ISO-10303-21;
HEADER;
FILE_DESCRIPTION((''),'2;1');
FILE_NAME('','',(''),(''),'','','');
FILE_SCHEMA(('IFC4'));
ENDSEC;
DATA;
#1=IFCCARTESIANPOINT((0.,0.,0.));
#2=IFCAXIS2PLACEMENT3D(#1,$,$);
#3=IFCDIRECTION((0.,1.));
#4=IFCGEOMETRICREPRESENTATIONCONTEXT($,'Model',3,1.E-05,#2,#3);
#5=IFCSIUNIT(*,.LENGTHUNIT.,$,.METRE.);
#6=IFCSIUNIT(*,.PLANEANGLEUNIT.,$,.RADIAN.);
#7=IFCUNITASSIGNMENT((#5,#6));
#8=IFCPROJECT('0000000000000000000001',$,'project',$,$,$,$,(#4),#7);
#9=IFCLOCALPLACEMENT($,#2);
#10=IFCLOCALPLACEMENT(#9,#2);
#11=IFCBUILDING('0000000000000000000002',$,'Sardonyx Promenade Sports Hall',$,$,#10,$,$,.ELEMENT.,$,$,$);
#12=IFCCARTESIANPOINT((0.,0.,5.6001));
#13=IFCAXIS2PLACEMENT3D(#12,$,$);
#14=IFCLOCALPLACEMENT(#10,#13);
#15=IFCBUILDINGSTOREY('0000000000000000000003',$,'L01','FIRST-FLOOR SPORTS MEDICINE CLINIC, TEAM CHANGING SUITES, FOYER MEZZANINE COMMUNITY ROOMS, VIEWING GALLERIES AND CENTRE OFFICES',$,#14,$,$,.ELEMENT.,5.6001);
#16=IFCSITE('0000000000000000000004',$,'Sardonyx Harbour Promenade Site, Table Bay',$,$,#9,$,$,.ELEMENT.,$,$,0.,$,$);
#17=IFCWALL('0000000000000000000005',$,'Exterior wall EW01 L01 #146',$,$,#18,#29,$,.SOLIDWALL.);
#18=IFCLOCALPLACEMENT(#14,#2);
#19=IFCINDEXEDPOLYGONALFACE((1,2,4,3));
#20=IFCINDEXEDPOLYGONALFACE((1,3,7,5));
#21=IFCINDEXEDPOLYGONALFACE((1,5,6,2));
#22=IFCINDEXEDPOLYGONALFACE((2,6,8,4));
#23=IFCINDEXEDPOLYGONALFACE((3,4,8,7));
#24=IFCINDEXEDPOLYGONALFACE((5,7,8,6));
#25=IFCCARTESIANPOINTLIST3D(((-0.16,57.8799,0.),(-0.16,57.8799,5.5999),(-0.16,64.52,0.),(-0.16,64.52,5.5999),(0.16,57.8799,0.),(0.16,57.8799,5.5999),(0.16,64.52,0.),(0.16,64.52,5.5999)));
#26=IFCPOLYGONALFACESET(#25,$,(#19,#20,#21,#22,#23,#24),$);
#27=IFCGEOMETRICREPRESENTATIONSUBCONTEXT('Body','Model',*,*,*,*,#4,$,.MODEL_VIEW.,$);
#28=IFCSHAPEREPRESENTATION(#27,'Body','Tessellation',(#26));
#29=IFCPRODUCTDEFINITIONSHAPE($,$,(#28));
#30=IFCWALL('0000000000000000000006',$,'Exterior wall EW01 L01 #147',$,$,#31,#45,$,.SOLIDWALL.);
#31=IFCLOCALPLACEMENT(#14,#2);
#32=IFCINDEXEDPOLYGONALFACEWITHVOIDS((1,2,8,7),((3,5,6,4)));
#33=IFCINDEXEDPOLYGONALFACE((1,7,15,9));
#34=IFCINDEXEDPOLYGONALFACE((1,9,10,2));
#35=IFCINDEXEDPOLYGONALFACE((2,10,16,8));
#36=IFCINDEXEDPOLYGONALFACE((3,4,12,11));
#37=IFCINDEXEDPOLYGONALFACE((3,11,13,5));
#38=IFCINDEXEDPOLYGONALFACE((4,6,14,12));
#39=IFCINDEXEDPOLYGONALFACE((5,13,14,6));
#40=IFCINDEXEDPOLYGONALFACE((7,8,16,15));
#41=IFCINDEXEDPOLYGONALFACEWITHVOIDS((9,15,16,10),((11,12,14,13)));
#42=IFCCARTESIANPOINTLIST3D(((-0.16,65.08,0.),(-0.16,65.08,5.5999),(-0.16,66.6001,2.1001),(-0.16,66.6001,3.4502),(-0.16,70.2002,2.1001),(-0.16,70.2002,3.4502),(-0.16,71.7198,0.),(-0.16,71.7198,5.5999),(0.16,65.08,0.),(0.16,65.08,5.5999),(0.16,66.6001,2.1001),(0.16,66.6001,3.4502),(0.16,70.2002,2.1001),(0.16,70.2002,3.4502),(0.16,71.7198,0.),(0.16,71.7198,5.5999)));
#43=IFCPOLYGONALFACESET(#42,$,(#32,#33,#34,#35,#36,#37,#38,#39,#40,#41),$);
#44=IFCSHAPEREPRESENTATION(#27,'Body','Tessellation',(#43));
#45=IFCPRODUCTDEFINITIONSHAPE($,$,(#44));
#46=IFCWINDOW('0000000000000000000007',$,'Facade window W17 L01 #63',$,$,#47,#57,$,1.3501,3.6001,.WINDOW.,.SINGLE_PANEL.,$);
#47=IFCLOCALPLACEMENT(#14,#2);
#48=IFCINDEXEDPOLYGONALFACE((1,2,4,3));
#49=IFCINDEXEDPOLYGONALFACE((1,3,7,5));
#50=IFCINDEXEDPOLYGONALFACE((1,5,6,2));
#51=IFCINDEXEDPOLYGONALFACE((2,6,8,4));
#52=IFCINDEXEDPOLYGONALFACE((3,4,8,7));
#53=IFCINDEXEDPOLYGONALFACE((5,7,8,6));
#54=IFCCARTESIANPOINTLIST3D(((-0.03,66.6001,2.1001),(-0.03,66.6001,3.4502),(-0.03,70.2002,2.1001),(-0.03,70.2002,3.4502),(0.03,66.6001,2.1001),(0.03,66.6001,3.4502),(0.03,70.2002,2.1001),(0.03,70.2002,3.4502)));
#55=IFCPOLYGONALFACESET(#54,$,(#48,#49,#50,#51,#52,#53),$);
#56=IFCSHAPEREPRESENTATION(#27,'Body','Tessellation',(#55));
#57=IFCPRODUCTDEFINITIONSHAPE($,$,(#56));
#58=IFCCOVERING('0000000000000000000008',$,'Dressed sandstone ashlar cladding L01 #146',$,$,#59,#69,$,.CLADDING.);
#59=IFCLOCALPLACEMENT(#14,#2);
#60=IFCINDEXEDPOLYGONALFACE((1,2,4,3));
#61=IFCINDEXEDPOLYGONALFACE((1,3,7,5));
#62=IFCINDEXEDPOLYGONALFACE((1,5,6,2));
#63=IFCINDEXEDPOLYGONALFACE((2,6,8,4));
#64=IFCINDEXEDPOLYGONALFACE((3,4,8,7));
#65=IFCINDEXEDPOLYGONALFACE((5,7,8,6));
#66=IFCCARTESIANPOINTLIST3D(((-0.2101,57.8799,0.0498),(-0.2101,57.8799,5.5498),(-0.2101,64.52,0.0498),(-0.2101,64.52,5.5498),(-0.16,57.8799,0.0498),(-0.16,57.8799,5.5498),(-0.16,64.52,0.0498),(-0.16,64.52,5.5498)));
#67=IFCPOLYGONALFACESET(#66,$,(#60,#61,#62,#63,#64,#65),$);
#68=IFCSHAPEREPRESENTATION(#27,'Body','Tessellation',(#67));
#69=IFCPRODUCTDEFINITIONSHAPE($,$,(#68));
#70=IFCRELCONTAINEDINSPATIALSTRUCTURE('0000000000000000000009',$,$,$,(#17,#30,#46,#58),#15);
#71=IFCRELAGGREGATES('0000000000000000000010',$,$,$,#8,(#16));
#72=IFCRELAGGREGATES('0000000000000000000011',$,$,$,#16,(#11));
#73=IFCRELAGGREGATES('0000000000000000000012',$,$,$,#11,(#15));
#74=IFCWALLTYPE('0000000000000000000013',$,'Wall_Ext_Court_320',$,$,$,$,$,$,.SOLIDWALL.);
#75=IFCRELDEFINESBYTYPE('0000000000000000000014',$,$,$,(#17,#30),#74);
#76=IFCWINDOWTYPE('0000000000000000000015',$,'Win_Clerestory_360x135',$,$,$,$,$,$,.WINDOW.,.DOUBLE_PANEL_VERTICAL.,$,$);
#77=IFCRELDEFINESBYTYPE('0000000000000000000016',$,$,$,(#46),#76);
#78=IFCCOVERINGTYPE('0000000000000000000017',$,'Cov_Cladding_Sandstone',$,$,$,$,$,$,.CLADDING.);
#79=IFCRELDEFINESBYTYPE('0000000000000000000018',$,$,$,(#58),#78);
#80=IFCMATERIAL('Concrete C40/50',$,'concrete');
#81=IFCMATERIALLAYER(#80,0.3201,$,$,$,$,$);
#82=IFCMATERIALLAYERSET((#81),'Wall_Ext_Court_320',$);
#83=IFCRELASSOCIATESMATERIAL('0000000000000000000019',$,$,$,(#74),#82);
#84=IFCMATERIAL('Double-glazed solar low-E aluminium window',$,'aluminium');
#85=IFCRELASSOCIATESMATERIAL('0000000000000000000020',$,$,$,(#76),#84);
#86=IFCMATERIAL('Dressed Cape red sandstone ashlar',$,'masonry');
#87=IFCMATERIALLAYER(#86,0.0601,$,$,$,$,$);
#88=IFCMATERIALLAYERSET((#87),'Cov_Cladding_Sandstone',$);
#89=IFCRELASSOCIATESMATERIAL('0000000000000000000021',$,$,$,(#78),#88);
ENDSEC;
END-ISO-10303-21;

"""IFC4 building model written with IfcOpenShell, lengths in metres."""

from ifc_helpers import new_model, si_unit, direction, frame, frame_2d, origin, place, context, subcontext, project, spatial, rectangle, extrude, material, layer, layer_set, type_object, element, fill, save


model = new_model("IFC4")

# Units and contexts
model_context = context("Model", 3, precision=1e-05, world=origin(), true_north=direction((0.0, 1.0)))
body_context = subcontext(model_context, "Body", "Model", "MODEL_VIEW")
ifc_project = project(units=[si_unit("LENGTHUNIT", "METRE"), si_unit("PLANEANGLEUNIT", "RADIAN")], contexts=[model_context])

# Site, building, storey
site_placement = place(None, origin())
site = spatial("IfcSite", under=ifc_project, at=site_placement, Name="Sardonyx Harbour Promenade Site, Table Bay", CompositionType="ELEMENT", RefElevation=0.0)
building_placement = place(site_placement, origin())
building = spatial("IfcBuilding", under=site, at=building_placement, Name="Sardonyx Promenade Sports Hall", CompositionType="ELEMENT")
storey_placement = place(building_placement, frame((0.0, 0.0, 5.6001)))
storey = spatial("IfcBuildingStorey", under=building, at=storey_placement, Name="L01", Description="FIRST-FLOOR SPORTS MEDICINE CLINIC, TEAM CHANGING SUITES, FOYER MEZZANINE COMMUNITY ROOMS, VIEWING GALLERIES AND CENTRE OFFICES", CompositionType="ELEMENT", Elevation=5.6001)

# Shared definitions
ifc_material_1 = material(Name="Concrete C40/50", Category="concrete")
ifc_layer_1 = layer(ifc_material_1, 0.3201)
ifc_layer_set_1 = layer_set([ifc_layer_1], Name="Wall_Ext_Court_320")
wall_type = type_object("IfcWallType", Name="Wall_Ext_Court_320", PredefinedType="SOLIDWALL", material=ifc_layer_set_1)
ifc_material_2 = material(Name="Double-glazed solar low-E aluminium window", Category="aluminium")
window_type = type_object("IfcWindowType", Name="Win_Clerestory_360x135", PartitioningType="DOUBLE_PANEL_VERTICAL", PredefinedType="WINDOW", material=ifc_material_2)

# Wall
wall_1_placement = place(storey_placement, frame((0.0, 57.8799, 0.0), z_axis=(0.0, 0.0, 1.0), x_axis=(0.0, 1.0, 0.0)))
element("IfcWall", 1, at=wall_1_placement, inside=storey, type_object=wall_type, Name="Exterior wall EW01 L01 #146", PredefinedType="SOLIDWALL", context=body_context, shape_type="SweptSolid", body=[
    extrude(rectangle(XDim=6.6401, YDim=0.3201, at=frame_2d((3.3201, 0.0))), origin(), (0.0, 0.0, 1.0), 5.5999),
])

# Wall, opening, window
wall_2_placement = place(storey_placement, frame((0.0, 65.0801, 0.0), z_axis=(0.0, 0.0, 1.0), x_axis=(0.0, 1.0, 0.0)))
wall_2 = element("IfcWall", 2, at=wall_2_placement, inside=storey, type_object=wall_type, Name="Exterior wall EW01 L01 #147", PredefinedType="SOLIDWALL", context=body_context, shape_type="SweptSolid", body=[
    extrude(rectangle(XDim=6.6399, YDim=0.3201, at=frame_2d((3.3198, 0.0))), origin(), (0.0, 0.0, 1.0), 5.5999),
])
opening_1_placement = place(wall_2_placement, frame((1.52, 0.0, 2.1001)))
opening_1 = element("IfcOpeningElement", 3, at=opening_1_placement, cuts=wall_2, PredefinedType="OPENING", context=body_context, shape_type="SweptSolid", body=[
    extrude(rectangle(XDim=3.6001, YDim=1.3501, at=frame_2d((1.8, 0.675))), frame((0.0, 0.17, 0.0), z_axis=(0.0, -1.0, 0.0), x_axis=(1.0, 0.0, 0.0)), (0.0, 0.0, 1.0), 0.34),
])
window_1_placement = place(opening_1_placement, origin())
window_1 = element("IfcWindow", 4, at=window_1_placement, inside=storey, type_object=window_type, Name="Facade window W17 L01 #63", OverallHeight=1.3501, OverallWidth=3.6001, PartitioningType="SINGLE_PANEL", PredefinedType="WINDOW", context=body_context, shape_type="SweptSolid", body=[
    extrude(rectangle(XDim=3.6001, YDim=1.3501, at=frame_2d((1.8, 0.675))), frame((0.0, 0.03, 0.0), z_axis=(0.0, -1.0, 0.0), x_axis=(1.0, 0.0, 0.0)), (0.0, 0.0, 1.0), 0.0601),
])
fill(opening_1, window_1)

# Covering
ifc_material_3 = material(Name="Dressed Cape red sandstone ashlar", Category="masonry")
ifc_layer_2 = layer(ifc_material_3, 0.0601)
ifc_layer_set_2 = layer_set([ifc_layer_2], Name="Cov_Cladding_Sandstone")
covering_type = type_object("IfcCoveringType", Name="Cov_Cladding_Sandstone", PredefinedType="CLADDING", material=ifc_layer_set_2)
covering_placement = place(storey_placement, frame((-0.1851, 57.8799, 0.0498), z_axis=(0.0, 0.0, 1.0), x_axis=(0.0, 1.0, 0.0)))
element("IfcCovering", 5, at=covering_placement, inside=storey, type_object=covering_type, Name="Dressed sandstone ashlar cladding L01 #146", PredefinedType="CLADDING", context=body_context, shape_type="SweptSolid", body=[
    extrude(rectangle(XDim=6.6401, YDim=0.05, at=frame_2d((3.3201, 0.0))), origin(), (0.0, 0.0, 1.0), 5.5),
])

save(model, "model.ifc")
